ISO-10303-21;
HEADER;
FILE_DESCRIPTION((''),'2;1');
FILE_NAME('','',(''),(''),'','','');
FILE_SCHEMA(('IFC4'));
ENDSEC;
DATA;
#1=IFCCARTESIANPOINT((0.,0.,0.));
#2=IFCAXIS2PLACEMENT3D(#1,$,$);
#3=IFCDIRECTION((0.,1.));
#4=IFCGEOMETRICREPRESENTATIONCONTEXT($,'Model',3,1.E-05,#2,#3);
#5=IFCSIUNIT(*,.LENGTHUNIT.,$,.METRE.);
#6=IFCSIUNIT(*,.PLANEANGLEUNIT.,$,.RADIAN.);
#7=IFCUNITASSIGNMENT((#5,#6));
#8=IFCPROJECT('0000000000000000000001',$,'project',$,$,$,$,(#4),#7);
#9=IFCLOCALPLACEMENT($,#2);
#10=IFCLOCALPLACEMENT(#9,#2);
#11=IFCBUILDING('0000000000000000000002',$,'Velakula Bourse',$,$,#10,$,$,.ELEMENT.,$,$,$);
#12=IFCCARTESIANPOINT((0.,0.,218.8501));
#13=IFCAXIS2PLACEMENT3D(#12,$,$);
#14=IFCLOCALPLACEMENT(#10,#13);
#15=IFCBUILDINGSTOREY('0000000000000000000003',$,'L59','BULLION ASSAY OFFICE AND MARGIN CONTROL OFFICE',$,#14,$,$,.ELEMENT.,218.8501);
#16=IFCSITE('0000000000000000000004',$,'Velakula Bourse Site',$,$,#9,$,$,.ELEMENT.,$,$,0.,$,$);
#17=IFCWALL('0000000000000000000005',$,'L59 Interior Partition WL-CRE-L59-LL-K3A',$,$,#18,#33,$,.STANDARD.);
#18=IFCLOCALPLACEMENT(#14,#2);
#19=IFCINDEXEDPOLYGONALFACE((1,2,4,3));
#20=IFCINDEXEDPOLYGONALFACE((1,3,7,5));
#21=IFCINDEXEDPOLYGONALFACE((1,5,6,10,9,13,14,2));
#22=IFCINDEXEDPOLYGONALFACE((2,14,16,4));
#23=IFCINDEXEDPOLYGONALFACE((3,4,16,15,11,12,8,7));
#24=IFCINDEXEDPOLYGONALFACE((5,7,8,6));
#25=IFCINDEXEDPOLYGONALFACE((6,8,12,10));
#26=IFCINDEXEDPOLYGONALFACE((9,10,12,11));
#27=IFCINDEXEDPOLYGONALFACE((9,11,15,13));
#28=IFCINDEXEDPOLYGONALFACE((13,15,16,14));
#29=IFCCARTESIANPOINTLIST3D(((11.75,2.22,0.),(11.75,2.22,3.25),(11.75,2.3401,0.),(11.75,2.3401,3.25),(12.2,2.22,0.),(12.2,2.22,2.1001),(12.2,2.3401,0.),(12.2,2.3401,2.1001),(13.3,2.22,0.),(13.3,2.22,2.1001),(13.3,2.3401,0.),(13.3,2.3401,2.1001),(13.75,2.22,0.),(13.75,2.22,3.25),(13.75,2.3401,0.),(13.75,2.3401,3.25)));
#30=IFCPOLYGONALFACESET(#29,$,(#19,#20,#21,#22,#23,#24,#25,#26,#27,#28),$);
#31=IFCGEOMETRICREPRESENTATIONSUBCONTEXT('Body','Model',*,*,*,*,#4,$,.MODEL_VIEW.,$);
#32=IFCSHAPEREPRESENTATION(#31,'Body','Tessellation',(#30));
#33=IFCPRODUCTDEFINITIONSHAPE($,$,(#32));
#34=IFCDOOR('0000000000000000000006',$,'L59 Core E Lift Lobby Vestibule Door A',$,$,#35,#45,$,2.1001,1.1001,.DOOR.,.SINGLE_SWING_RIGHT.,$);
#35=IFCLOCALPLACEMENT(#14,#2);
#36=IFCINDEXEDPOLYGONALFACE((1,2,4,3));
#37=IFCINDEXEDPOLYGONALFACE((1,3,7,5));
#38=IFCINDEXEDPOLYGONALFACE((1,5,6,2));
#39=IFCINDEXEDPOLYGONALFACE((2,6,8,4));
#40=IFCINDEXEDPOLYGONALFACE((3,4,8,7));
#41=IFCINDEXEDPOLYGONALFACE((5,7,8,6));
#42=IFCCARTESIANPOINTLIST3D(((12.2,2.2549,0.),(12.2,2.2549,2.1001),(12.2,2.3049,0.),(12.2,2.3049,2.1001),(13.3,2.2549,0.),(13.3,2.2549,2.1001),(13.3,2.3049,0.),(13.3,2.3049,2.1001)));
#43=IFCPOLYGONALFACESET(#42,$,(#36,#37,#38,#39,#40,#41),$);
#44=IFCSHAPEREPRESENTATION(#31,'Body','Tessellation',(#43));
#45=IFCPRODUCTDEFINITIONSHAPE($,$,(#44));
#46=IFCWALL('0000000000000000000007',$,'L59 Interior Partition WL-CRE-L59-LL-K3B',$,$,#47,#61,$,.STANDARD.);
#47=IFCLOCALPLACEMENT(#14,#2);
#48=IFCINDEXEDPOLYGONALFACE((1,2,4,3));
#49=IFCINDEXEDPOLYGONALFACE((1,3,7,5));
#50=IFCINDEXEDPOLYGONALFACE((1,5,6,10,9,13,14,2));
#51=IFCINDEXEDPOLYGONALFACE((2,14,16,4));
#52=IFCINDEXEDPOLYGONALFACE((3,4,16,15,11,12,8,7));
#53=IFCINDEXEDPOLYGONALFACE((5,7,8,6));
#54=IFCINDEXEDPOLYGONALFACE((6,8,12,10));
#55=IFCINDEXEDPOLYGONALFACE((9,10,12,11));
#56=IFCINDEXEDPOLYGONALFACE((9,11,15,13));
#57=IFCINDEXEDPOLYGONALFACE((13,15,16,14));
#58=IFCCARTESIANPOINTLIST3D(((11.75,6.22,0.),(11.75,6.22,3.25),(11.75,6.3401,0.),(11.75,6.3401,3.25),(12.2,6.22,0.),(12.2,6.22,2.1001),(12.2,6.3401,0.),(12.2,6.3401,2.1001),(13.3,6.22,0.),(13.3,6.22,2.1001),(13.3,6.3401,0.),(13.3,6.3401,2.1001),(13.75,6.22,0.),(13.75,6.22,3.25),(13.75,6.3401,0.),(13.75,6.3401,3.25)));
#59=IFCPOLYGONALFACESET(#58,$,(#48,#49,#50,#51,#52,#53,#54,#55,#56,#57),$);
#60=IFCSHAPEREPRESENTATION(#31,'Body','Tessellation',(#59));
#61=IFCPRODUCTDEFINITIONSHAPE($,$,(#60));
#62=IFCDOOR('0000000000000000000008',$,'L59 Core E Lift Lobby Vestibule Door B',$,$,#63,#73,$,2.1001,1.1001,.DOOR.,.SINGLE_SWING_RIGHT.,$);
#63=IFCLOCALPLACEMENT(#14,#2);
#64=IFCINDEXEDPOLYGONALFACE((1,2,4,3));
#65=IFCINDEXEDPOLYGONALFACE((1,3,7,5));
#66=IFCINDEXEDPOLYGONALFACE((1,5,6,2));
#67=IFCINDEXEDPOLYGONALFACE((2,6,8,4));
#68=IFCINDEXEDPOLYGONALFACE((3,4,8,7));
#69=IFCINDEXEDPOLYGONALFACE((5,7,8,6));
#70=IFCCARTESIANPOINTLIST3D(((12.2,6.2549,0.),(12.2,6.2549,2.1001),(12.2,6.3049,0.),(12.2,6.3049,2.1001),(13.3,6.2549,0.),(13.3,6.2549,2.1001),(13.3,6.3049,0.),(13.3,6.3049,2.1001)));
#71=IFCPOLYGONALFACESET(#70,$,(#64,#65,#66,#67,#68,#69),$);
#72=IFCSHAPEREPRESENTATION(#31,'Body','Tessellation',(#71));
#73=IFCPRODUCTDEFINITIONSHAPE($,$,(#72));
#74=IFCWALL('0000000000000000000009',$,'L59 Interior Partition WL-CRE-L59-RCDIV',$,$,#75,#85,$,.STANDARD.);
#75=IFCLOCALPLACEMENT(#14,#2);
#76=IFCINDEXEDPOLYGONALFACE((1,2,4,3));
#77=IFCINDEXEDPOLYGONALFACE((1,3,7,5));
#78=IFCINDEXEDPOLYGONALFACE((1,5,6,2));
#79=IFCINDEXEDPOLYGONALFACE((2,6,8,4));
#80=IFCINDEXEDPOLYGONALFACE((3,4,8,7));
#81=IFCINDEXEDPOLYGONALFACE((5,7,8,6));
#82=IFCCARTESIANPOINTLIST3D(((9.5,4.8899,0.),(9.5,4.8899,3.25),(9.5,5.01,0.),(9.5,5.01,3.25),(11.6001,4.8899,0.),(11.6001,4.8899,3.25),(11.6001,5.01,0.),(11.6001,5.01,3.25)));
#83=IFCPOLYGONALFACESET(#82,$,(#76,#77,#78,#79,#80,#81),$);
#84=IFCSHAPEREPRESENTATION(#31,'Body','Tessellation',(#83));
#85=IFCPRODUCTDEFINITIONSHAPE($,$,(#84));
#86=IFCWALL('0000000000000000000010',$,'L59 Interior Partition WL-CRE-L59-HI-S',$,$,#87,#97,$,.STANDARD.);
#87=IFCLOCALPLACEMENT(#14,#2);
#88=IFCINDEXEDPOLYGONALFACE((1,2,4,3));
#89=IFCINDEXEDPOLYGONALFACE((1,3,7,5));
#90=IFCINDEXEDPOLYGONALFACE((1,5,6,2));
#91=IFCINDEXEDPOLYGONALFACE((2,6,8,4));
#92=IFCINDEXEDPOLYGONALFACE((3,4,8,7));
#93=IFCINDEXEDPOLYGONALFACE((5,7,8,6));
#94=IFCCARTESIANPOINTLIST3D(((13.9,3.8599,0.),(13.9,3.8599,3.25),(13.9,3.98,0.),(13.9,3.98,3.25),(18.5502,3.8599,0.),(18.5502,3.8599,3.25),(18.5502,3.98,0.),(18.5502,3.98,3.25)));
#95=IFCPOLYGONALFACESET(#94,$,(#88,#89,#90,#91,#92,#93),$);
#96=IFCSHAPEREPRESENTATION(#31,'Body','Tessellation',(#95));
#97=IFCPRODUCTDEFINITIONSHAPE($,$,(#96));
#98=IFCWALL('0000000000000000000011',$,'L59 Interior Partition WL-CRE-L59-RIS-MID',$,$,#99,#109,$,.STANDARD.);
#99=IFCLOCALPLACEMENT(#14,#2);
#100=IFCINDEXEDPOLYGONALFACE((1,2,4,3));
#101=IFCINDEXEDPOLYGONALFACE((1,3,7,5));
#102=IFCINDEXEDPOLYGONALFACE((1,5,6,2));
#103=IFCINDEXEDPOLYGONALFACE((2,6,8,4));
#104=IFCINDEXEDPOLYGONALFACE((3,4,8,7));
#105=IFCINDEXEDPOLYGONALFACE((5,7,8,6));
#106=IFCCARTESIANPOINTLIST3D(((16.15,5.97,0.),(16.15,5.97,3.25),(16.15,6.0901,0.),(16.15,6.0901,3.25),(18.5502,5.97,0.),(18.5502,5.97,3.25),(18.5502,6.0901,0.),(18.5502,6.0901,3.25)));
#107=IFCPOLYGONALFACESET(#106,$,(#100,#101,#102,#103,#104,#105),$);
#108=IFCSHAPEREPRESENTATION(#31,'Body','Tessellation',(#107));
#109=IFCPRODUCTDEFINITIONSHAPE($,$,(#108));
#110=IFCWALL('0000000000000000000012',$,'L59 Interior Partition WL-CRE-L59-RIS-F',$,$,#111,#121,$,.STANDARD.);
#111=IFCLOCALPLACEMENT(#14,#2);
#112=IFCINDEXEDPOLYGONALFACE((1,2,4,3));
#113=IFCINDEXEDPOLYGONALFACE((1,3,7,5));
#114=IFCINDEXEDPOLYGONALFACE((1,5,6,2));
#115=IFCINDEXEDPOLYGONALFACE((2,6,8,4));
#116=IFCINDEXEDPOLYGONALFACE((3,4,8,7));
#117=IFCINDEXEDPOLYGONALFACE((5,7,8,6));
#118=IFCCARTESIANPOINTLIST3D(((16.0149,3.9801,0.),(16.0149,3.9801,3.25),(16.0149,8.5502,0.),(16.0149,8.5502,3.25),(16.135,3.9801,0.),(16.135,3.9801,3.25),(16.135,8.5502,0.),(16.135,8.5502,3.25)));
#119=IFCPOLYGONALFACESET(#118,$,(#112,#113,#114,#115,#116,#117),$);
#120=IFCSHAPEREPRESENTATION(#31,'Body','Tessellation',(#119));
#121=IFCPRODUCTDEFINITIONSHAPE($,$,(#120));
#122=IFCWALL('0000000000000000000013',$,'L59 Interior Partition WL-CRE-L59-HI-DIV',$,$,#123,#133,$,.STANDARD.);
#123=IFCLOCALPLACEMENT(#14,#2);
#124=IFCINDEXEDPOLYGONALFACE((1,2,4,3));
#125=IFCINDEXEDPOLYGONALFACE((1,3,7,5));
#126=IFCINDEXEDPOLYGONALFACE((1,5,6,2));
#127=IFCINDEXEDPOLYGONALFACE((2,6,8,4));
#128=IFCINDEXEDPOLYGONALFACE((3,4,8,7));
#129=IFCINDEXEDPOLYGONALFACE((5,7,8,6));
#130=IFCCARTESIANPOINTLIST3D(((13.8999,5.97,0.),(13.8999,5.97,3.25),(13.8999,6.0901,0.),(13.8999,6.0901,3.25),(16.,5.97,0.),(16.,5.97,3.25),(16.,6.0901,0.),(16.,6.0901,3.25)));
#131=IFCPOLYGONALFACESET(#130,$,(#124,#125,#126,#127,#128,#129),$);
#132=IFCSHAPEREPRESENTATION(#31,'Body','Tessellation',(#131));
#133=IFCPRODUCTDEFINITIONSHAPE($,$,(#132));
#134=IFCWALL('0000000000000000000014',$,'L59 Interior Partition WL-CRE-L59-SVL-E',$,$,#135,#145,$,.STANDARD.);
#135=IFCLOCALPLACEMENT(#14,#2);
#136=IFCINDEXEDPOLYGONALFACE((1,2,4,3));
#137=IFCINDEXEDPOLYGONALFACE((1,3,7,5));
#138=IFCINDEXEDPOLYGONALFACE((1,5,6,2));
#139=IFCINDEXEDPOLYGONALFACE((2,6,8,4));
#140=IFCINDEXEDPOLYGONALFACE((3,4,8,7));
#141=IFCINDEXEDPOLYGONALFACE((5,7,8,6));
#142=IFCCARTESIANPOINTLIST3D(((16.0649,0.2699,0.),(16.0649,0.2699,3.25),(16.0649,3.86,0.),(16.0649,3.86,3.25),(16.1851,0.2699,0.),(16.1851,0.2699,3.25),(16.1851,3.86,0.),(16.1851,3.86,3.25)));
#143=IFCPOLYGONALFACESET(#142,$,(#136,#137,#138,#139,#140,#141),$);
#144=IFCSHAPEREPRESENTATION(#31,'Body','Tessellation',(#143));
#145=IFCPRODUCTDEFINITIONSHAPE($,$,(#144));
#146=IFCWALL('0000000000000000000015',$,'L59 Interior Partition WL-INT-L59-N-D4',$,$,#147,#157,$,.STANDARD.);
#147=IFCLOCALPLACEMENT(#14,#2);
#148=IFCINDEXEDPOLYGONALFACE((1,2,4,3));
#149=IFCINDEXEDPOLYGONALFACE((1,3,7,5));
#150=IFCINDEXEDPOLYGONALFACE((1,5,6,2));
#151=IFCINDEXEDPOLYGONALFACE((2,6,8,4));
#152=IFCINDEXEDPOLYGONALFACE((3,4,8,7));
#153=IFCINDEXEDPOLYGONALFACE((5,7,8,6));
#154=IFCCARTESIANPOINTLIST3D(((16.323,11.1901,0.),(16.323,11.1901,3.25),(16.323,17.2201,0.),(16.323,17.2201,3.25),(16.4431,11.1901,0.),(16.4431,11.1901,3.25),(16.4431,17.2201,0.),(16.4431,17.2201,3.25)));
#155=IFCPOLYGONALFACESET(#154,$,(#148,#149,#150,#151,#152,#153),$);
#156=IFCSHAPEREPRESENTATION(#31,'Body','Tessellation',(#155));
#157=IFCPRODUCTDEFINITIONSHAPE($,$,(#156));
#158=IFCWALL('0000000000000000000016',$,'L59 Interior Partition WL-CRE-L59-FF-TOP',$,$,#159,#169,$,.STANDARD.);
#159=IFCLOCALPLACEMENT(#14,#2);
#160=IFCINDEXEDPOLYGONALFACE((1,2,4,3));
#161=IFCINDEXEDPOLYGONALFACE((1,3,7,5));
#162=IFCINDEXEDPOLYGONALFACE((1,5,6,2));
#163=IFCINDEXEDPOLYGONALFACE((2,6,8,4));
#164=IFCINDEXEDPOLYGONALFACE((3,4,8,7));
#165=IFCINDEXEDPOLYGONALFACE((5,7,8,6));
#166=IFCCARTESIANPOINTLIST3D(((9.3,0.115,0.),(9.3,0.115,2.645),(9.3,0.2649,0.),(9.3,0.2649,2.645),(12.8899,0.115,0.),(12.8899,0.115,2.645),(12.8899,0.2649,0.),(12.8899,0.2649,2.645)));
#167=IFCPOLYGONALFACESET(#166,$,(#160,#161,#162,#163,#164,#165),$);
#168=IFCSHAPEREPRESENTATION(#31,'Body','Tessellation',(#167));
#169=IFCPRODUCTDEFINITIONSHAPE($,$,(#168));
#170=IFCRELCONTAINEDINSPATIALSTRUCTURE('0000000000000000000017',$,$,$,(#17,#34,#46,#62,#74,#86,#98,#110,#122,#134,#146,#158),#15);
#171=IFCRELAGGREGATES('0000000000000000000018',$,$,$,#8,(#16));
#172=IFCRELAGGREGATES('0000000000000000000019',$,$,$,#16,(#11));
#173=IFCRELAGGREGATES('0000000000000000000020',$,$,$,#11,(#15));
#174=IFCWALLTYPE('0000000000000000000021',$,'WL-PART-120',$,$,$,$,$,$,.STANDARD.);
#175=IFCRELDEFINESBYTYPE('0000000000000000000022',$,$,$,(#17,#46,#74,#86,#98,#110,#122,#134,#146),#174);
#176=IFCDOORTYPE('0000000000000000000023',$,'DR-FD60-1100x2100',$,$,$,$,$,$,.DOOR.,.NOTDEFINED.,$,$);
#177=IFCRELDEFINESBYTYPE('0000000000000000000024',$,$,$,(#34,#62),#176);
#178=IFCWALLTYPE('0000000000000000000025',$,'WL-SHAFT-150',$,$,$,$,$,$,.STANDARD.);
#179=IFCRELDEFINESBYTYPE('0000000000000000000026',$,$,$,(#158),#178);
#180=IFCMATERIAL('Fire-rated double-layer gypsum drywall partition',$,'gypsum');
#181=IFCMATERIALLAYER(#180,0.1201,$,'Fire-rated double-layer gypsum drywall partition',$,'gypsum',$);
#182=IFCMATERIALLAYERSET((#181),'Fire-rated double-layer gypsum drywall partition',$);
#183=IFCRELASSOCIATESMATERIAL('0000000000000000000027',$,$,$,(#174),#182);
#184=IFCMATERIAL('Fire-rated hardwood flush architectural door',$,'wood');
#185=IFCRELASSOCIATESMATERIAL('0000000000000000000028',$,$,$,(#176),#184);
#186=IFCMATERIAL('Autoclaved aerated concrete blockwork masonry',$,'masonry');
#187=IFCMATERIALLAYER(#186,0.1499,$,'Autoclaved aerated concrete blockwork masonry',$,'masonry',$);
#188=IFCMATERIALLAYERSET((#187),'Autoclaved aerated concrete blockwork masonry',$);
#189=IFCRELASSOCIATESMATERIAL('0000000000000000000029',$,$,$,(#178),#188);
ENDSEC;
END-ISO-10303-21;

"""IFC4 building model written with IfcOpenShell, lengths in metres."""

from ifc_helpers import new_model, si_unit, direction, frame, frame_2d, origin, place, context, subcontext, project, spatial, rectangle, extrude, material, layer, layer_set, type_object, element, fill, save


model = new_model("IFC4")

# Units and contexts
model_context = context("Model", 3, precision=1e-05, world=origin(), true_north=direction((0.0, 1.0)))
body_context = subcontext(model_context, "Body", "Model", "MODEL_VIEW")
ifc_project = project(units=[si_unit("LENGTHUNIT", "METRE"), si_unit("PLANEANGLEUNIT", "RADIAN")], contexts=[model_context])

# Site, building, storey
site_placement = place(None, origin())
site = spatial("IfcSite", under=ifc_project, at=site_placement, Name="Velakula Bourse Site", CompositionType="ELEMENT", RefElevation=0.0)
building_placement = place(site_placement, origin())
building = spatial("IfcBuilding", under=site, at=building_placement, Name="Velakula Bourse", CompositionType="ELEMENT")
storey_placement = place(building_placement, frame((0.0, 0.0, 218.8501)))
storey = spatial("IfcBuildingStorey", under=building, at=storey_placement, Name="L59", Description="BULLION ASSAY OFFICE AND MARGIN CONTROL OFFICE", CompositionType="ELEMENT", Elevation=218.8501)

# Walls, openings, doors
ifc_material_1 = material(Name="Fire-rated double-layer gypsum drywall partition", Category="gypsum")
ifc_layer_1 = layer(ifc_material_1, 0.1201, Name="Fire-rated double-layer gypsum drywall partition", Category="gypsum")
ifc_layer_set_1 = layer_set([ifc_layer_1], Name="Fire-rated double-layer gypsum drywall partition")
wall_type_1 = type_object("IfcWallType", Name="WL-PART-120", PredefinedType="STANDARD", material=ifc_layer_set_1)
wall_1_placement = place(storey_placement, frame((11.75, 2.28, 0.0), z_axis=(0.0, 0.0, 1.0), x_axis=(1.0, 0.0, 0.0)))
wall_1 = element("IfcWall", 1, at=wall_1_placement, inside=storey, type_object=wall_type_1, Name="L59 Interior Partition WL-CRE-L59-LL-K3A", PredefinedType="STANDARD", context=body_context, shape_type="SweptSolid", body=[
    extrude(rectangle(XDim=2.0, YDim=0.1201, at=frame_2d((1.0, 0.0))), origin(), (0.0, 0.0, 1.0), 3.25),
])
opening_1_placement = place(wall_1_placement, frame((0.45, 0.0, 0.0)))
opening_1 = element("IfcOpeningElement", 2, at=opening_1_placement, cuts=wall_1, PredefinedType="OPENING", context=body_context, shape_type="SweptSolid", body=[
    extrude(rectangle(XDim=1.1001, YDim=2.1001, at=frame_2d((0.55, 1.05))), frame((0.0, 0.0701, 0.0), z_axis=(0.0, -1.0, 0.0), x_axis=(1.0, 0.0, 0.0)), (0.0, 0.0, 1.0), 0.1401),
])
ifc_material_2 = material(Name="Fire-rated hardwood flush architectural door", Category="wood")
door_type_1 = type_object("IfcDoorType", Name="DR-FD60-1100x2100", OperationType="NOTDEFINED", PredefinedType="DOOR", material=ifc_material_2)
door_1_placement = place(opening_1_placement, origin())
door_1 = element("IfcDoor", 3, at=door_1_placement, inside=storey, type_object=door_type_1, Name="L59 Core E Lift Lobby Vestibule Door A", OperationType="SINGLE_SWING_RIGHT", OverallHeight=2.1001, OverallWidth=1.1001, PredefinedType="DOOR", context=body_context, shape_type="SweptSolid", body=[
    extrude(rectangle(XDim=1.1001, YDim=2.1001, at=frame_2d((0.55, 1.05))), frame((0.0, 0.0249, 0.0), z_axis=(0.0, -1.0, 0.0), x_axis=(1.0, 0.0, 0.0)), (0.0, 0.0, 1.0), 0.05),
])
fill(opening_1, door_1)
wall_2_placement = place(storey_placement, frame((11.75, 6.28, 0.0), z_axis=(0.0, 0.0, 1.0), x_axis=(1.0, 0.0, 0.0)))
wall_2 = element("IfcWall", 4, at=wall_2_placement, inside=storey, type_object=wall_type_1, Name="L59 Interior Partition WL-CRE-L59-LL-K3B", PredefinedType="STANDARD", context=body_context, shape_type="SweptSolid", body=[
    extrude(rectangle(XDim=2.0, YDim=0.1201, at=frame_2d((1.0, 0.0))), origin(), (0.0, 0.0, 1.0), 3.25),
])
opening_2_placement = place(wall_2_placement, frame((0.45, 0.0, 0.0)))
opening_2 = element("IfcOpeningElement", 5, at=opening_2_placement, cuts=wall_2, PredefinedType="OPENING", context=body_context, shape_type="SweptSolid", body=[
    extrude(rectangle(XDim=1.1001, YDim=2.1001, at=frame_2d((0.55, 1.05))), frame((0.0, 0.0701, 0.0), z_axis=(0.0, -1.0, 0.0), x_axis=(1.0, 0.0, 0.0)), (0.0, 0.0, 1.0), 0.1401),
])
door_2_placement = place(opening_2_placement, origin())
door_2 = element("IfcDoor", 6, at=door_2_placement, inside=storey, type_object=door_type_1, Name="L59 Core E Lift Lobby Vestibule Door B", OperationType="SINGLE_SWING_RIGHT", OverallHeight=2.1001, OverallWidth=1.1001, PredefinedType="DOOR", context=body_context, shape_type="SweptSolid", body=[
    extrude(rectangle(XDim=1.1001, YDim=2.1001, at=frame_2d((0.55, 1.05))), frame((0.0, 0.0249, 0.0), z_axis=(0.0, -1.0, 0.0), x_axis=(1.0, 0.0, 0.0)), (0.0, 0.0, 1.0), 0.05),
])
fill(opening_2, door_2)

# Walls
wall_3_placement = place(storey_placement, frame((9.5, 4.95, 0.0), z_axis=(0.0, 0.0, 1.0), x_axis=(1.0, 0.0, 0.0)))
element("IfcWall", 7, at=wall_3_placement, inside=storey, type_object=wall_type_1, Name="L59 Interior Partition WL-CRE-L59-RCDIV", PredefinedType="STANDARD", context=body_context, shape_type="SweptSolid", body=[
    extrude(rectangle(XDim=2.1001, YDim=0.1201, at=frame_2d((1.05, 0.0))), origin(), (0.0, 0.0, 1.0), 3.25),
])
wall_4_placement = place(storey_placement, frame((13.8999, 3.9199, 0.0), z_axis=(0.0, 0.0, 1.0), x_axis=(1.0, 0.0, 0.0)))
element("IfcWall", 8, at=wall_4_placement, inside=storey, type_object=wall_type_1, Name="L59 Interior Partition WL-CRE-L59-HI-S", PredefinedType="STANDARD", context=body_context, shape_type="SweptSolid", body=[
    extrude(rectangle(XDim=4.6501, YDim=0.1201, at=frame_2d((2.3252, 0.0))), origin(), (0.0, 0.0, 1.0), 3.25),
])
wall_5_placement = place(storey_placement, frame((16.1499, 6.03, 0.0), z_axis=(0.0, 0.0, 1.0), x_axis=(1.0, 0.0, 0.0)))
element("IfcWall", 9, at=wall_5_placement, inside=storey, type_object=wall_type_1, Name="L59 Interior Partition WL-CRE-L59-RIS-MID", PredefinedType="STANDARD", context=body_context, shape_type="SweptSolid", body=[
    extrude(rectangle(XDim=2.4001, YDim=0.1201, at=frame_2d((1.2002, 0.0))), origin(), (0.0, 0.0, 1.0), 3.25),
])
wall_6_placement = place(storey_placement, frame((16.075, 3.98, 0.0), z_axis=(0.0, 0.0, 1.0), x_axis=(0.0, 1.0, 0.0)))
element("IfcWall", 10, at=wall_6_placement, inside=storey, type_object=wall_type_1, Name="L59 Interior Partition WL-CRE-L59-RIS-F", PredefinedType="STANDARD", context=body_context, shape_type="SweptSolid", body=[
    extrude(rectangle(XDim=4.5701, YDim=0.1201, at=frame_2d((2.2852, 0.0))), origin(), (0.0, 0.0, 1.0), 3.25),
])
wall_7_placement = place(storey_placement, frame((13.8999, 6.03, 0.0), z_axis=(0.0, 0.0, 1.0), x_axis=(1.0, 0.0, 0.0)))
element("IfcWall", 11, at=wall_7_placement, inside=storey, type_object=wall_type_1, Name="L59 Interior Partition WL-CRE-L59-HI-DIV", PredefinedType="STANDARD", context=body_context, shape_type="SweptSolid", body=[
    extrude(rectangle(XDim=2.1001, YDim=0.1201, at=frame_2d((1.05, 0.0))), origin(), (0.0, 0.0, 1.0), 3.25),
])
wall_8_placement = place(storey_placement, frame((16.125, 0.27, 0.0), z_axis=(0.0, 0.0, 1.0), x_axis=(0.0, 1.0, 0.0)))
element("IfcWall", 12, at=wall_8_placement, inside=storey, type_object=wall_type_1, Name="L59 Interior Partition WL-CRE-L59-SVL-E", PredefinedType="STANDARD", context=body_context, shape_type="SweptSolid", body=[
    extrude(rectangle(XDim=3.5901, YDim=0.1201, at=frame_2d((1.7949, 0.0))), origin(), (0.0, 0.0, 1.0), 3.25),
])
wall_9_placement = place(storey_placement, frame((16.3831, 11.1899, 0.0), z_axis=(0.0, 0.0, 1.0), x_axis=(0.0, 1.0, 0.0)))
element("IfcWall", 13, at=wall_9_placement, inside=storey, type_object=wall_type_1, Name="L59 Interior Partition WL-INT-L59-N-D4", PredefinedType="STANDARD", context=body_context, shape_type="SweptSolid", body=[
    extrude(rectangle(XDim=6.03, YDim=0.1201, at=frame_2d((3.0151, 0.0))), origin(), (0.0, 0.0, 1.0), 3.25),
])
ifc_material_3 = material(Name="Autoclaved aerated concrete blockwork masonry", Category="masonry")
ifc_layer_2 = layer(ifc_material_3, 0.1499, Name="Autoclaved aerated concrete blockwork masonry", Category="masonry")
ifc_layer_set_2 = layer_set([ifc_layer_2], Name="Autoclaved aerated concrete blockwork masonry")
wall_type_2 = type_object("IfcWallType", Name="WL-SHAFT-150", PredefinedType="STANDARD", material=ifc_layer_set_2)
wall_10_placement = place(storey_placement, frame((9.3, 0.1899, 0.0), z_axis=(0.0, 0.0, 1.0), x_axis=(1.0, 0.0, 0.0)))
element("IfcWall", 14, at=wall_10_placement, inside=storey, type_object=wall_type_2, Name="L59 Interior Partition WL-CRE-L59-FF-TOP", PredefinedType="STANDARD", context=body_context, shape_type="SweptSolid", body=[
    extrude(rectangle(XDim=3.5898, YDim=0.1499, at=frame_2d((1.7949, 0.0))), origin(), (0.0, 0.0, 1.0), 2.645),
])

save(model, "model.ifc")
